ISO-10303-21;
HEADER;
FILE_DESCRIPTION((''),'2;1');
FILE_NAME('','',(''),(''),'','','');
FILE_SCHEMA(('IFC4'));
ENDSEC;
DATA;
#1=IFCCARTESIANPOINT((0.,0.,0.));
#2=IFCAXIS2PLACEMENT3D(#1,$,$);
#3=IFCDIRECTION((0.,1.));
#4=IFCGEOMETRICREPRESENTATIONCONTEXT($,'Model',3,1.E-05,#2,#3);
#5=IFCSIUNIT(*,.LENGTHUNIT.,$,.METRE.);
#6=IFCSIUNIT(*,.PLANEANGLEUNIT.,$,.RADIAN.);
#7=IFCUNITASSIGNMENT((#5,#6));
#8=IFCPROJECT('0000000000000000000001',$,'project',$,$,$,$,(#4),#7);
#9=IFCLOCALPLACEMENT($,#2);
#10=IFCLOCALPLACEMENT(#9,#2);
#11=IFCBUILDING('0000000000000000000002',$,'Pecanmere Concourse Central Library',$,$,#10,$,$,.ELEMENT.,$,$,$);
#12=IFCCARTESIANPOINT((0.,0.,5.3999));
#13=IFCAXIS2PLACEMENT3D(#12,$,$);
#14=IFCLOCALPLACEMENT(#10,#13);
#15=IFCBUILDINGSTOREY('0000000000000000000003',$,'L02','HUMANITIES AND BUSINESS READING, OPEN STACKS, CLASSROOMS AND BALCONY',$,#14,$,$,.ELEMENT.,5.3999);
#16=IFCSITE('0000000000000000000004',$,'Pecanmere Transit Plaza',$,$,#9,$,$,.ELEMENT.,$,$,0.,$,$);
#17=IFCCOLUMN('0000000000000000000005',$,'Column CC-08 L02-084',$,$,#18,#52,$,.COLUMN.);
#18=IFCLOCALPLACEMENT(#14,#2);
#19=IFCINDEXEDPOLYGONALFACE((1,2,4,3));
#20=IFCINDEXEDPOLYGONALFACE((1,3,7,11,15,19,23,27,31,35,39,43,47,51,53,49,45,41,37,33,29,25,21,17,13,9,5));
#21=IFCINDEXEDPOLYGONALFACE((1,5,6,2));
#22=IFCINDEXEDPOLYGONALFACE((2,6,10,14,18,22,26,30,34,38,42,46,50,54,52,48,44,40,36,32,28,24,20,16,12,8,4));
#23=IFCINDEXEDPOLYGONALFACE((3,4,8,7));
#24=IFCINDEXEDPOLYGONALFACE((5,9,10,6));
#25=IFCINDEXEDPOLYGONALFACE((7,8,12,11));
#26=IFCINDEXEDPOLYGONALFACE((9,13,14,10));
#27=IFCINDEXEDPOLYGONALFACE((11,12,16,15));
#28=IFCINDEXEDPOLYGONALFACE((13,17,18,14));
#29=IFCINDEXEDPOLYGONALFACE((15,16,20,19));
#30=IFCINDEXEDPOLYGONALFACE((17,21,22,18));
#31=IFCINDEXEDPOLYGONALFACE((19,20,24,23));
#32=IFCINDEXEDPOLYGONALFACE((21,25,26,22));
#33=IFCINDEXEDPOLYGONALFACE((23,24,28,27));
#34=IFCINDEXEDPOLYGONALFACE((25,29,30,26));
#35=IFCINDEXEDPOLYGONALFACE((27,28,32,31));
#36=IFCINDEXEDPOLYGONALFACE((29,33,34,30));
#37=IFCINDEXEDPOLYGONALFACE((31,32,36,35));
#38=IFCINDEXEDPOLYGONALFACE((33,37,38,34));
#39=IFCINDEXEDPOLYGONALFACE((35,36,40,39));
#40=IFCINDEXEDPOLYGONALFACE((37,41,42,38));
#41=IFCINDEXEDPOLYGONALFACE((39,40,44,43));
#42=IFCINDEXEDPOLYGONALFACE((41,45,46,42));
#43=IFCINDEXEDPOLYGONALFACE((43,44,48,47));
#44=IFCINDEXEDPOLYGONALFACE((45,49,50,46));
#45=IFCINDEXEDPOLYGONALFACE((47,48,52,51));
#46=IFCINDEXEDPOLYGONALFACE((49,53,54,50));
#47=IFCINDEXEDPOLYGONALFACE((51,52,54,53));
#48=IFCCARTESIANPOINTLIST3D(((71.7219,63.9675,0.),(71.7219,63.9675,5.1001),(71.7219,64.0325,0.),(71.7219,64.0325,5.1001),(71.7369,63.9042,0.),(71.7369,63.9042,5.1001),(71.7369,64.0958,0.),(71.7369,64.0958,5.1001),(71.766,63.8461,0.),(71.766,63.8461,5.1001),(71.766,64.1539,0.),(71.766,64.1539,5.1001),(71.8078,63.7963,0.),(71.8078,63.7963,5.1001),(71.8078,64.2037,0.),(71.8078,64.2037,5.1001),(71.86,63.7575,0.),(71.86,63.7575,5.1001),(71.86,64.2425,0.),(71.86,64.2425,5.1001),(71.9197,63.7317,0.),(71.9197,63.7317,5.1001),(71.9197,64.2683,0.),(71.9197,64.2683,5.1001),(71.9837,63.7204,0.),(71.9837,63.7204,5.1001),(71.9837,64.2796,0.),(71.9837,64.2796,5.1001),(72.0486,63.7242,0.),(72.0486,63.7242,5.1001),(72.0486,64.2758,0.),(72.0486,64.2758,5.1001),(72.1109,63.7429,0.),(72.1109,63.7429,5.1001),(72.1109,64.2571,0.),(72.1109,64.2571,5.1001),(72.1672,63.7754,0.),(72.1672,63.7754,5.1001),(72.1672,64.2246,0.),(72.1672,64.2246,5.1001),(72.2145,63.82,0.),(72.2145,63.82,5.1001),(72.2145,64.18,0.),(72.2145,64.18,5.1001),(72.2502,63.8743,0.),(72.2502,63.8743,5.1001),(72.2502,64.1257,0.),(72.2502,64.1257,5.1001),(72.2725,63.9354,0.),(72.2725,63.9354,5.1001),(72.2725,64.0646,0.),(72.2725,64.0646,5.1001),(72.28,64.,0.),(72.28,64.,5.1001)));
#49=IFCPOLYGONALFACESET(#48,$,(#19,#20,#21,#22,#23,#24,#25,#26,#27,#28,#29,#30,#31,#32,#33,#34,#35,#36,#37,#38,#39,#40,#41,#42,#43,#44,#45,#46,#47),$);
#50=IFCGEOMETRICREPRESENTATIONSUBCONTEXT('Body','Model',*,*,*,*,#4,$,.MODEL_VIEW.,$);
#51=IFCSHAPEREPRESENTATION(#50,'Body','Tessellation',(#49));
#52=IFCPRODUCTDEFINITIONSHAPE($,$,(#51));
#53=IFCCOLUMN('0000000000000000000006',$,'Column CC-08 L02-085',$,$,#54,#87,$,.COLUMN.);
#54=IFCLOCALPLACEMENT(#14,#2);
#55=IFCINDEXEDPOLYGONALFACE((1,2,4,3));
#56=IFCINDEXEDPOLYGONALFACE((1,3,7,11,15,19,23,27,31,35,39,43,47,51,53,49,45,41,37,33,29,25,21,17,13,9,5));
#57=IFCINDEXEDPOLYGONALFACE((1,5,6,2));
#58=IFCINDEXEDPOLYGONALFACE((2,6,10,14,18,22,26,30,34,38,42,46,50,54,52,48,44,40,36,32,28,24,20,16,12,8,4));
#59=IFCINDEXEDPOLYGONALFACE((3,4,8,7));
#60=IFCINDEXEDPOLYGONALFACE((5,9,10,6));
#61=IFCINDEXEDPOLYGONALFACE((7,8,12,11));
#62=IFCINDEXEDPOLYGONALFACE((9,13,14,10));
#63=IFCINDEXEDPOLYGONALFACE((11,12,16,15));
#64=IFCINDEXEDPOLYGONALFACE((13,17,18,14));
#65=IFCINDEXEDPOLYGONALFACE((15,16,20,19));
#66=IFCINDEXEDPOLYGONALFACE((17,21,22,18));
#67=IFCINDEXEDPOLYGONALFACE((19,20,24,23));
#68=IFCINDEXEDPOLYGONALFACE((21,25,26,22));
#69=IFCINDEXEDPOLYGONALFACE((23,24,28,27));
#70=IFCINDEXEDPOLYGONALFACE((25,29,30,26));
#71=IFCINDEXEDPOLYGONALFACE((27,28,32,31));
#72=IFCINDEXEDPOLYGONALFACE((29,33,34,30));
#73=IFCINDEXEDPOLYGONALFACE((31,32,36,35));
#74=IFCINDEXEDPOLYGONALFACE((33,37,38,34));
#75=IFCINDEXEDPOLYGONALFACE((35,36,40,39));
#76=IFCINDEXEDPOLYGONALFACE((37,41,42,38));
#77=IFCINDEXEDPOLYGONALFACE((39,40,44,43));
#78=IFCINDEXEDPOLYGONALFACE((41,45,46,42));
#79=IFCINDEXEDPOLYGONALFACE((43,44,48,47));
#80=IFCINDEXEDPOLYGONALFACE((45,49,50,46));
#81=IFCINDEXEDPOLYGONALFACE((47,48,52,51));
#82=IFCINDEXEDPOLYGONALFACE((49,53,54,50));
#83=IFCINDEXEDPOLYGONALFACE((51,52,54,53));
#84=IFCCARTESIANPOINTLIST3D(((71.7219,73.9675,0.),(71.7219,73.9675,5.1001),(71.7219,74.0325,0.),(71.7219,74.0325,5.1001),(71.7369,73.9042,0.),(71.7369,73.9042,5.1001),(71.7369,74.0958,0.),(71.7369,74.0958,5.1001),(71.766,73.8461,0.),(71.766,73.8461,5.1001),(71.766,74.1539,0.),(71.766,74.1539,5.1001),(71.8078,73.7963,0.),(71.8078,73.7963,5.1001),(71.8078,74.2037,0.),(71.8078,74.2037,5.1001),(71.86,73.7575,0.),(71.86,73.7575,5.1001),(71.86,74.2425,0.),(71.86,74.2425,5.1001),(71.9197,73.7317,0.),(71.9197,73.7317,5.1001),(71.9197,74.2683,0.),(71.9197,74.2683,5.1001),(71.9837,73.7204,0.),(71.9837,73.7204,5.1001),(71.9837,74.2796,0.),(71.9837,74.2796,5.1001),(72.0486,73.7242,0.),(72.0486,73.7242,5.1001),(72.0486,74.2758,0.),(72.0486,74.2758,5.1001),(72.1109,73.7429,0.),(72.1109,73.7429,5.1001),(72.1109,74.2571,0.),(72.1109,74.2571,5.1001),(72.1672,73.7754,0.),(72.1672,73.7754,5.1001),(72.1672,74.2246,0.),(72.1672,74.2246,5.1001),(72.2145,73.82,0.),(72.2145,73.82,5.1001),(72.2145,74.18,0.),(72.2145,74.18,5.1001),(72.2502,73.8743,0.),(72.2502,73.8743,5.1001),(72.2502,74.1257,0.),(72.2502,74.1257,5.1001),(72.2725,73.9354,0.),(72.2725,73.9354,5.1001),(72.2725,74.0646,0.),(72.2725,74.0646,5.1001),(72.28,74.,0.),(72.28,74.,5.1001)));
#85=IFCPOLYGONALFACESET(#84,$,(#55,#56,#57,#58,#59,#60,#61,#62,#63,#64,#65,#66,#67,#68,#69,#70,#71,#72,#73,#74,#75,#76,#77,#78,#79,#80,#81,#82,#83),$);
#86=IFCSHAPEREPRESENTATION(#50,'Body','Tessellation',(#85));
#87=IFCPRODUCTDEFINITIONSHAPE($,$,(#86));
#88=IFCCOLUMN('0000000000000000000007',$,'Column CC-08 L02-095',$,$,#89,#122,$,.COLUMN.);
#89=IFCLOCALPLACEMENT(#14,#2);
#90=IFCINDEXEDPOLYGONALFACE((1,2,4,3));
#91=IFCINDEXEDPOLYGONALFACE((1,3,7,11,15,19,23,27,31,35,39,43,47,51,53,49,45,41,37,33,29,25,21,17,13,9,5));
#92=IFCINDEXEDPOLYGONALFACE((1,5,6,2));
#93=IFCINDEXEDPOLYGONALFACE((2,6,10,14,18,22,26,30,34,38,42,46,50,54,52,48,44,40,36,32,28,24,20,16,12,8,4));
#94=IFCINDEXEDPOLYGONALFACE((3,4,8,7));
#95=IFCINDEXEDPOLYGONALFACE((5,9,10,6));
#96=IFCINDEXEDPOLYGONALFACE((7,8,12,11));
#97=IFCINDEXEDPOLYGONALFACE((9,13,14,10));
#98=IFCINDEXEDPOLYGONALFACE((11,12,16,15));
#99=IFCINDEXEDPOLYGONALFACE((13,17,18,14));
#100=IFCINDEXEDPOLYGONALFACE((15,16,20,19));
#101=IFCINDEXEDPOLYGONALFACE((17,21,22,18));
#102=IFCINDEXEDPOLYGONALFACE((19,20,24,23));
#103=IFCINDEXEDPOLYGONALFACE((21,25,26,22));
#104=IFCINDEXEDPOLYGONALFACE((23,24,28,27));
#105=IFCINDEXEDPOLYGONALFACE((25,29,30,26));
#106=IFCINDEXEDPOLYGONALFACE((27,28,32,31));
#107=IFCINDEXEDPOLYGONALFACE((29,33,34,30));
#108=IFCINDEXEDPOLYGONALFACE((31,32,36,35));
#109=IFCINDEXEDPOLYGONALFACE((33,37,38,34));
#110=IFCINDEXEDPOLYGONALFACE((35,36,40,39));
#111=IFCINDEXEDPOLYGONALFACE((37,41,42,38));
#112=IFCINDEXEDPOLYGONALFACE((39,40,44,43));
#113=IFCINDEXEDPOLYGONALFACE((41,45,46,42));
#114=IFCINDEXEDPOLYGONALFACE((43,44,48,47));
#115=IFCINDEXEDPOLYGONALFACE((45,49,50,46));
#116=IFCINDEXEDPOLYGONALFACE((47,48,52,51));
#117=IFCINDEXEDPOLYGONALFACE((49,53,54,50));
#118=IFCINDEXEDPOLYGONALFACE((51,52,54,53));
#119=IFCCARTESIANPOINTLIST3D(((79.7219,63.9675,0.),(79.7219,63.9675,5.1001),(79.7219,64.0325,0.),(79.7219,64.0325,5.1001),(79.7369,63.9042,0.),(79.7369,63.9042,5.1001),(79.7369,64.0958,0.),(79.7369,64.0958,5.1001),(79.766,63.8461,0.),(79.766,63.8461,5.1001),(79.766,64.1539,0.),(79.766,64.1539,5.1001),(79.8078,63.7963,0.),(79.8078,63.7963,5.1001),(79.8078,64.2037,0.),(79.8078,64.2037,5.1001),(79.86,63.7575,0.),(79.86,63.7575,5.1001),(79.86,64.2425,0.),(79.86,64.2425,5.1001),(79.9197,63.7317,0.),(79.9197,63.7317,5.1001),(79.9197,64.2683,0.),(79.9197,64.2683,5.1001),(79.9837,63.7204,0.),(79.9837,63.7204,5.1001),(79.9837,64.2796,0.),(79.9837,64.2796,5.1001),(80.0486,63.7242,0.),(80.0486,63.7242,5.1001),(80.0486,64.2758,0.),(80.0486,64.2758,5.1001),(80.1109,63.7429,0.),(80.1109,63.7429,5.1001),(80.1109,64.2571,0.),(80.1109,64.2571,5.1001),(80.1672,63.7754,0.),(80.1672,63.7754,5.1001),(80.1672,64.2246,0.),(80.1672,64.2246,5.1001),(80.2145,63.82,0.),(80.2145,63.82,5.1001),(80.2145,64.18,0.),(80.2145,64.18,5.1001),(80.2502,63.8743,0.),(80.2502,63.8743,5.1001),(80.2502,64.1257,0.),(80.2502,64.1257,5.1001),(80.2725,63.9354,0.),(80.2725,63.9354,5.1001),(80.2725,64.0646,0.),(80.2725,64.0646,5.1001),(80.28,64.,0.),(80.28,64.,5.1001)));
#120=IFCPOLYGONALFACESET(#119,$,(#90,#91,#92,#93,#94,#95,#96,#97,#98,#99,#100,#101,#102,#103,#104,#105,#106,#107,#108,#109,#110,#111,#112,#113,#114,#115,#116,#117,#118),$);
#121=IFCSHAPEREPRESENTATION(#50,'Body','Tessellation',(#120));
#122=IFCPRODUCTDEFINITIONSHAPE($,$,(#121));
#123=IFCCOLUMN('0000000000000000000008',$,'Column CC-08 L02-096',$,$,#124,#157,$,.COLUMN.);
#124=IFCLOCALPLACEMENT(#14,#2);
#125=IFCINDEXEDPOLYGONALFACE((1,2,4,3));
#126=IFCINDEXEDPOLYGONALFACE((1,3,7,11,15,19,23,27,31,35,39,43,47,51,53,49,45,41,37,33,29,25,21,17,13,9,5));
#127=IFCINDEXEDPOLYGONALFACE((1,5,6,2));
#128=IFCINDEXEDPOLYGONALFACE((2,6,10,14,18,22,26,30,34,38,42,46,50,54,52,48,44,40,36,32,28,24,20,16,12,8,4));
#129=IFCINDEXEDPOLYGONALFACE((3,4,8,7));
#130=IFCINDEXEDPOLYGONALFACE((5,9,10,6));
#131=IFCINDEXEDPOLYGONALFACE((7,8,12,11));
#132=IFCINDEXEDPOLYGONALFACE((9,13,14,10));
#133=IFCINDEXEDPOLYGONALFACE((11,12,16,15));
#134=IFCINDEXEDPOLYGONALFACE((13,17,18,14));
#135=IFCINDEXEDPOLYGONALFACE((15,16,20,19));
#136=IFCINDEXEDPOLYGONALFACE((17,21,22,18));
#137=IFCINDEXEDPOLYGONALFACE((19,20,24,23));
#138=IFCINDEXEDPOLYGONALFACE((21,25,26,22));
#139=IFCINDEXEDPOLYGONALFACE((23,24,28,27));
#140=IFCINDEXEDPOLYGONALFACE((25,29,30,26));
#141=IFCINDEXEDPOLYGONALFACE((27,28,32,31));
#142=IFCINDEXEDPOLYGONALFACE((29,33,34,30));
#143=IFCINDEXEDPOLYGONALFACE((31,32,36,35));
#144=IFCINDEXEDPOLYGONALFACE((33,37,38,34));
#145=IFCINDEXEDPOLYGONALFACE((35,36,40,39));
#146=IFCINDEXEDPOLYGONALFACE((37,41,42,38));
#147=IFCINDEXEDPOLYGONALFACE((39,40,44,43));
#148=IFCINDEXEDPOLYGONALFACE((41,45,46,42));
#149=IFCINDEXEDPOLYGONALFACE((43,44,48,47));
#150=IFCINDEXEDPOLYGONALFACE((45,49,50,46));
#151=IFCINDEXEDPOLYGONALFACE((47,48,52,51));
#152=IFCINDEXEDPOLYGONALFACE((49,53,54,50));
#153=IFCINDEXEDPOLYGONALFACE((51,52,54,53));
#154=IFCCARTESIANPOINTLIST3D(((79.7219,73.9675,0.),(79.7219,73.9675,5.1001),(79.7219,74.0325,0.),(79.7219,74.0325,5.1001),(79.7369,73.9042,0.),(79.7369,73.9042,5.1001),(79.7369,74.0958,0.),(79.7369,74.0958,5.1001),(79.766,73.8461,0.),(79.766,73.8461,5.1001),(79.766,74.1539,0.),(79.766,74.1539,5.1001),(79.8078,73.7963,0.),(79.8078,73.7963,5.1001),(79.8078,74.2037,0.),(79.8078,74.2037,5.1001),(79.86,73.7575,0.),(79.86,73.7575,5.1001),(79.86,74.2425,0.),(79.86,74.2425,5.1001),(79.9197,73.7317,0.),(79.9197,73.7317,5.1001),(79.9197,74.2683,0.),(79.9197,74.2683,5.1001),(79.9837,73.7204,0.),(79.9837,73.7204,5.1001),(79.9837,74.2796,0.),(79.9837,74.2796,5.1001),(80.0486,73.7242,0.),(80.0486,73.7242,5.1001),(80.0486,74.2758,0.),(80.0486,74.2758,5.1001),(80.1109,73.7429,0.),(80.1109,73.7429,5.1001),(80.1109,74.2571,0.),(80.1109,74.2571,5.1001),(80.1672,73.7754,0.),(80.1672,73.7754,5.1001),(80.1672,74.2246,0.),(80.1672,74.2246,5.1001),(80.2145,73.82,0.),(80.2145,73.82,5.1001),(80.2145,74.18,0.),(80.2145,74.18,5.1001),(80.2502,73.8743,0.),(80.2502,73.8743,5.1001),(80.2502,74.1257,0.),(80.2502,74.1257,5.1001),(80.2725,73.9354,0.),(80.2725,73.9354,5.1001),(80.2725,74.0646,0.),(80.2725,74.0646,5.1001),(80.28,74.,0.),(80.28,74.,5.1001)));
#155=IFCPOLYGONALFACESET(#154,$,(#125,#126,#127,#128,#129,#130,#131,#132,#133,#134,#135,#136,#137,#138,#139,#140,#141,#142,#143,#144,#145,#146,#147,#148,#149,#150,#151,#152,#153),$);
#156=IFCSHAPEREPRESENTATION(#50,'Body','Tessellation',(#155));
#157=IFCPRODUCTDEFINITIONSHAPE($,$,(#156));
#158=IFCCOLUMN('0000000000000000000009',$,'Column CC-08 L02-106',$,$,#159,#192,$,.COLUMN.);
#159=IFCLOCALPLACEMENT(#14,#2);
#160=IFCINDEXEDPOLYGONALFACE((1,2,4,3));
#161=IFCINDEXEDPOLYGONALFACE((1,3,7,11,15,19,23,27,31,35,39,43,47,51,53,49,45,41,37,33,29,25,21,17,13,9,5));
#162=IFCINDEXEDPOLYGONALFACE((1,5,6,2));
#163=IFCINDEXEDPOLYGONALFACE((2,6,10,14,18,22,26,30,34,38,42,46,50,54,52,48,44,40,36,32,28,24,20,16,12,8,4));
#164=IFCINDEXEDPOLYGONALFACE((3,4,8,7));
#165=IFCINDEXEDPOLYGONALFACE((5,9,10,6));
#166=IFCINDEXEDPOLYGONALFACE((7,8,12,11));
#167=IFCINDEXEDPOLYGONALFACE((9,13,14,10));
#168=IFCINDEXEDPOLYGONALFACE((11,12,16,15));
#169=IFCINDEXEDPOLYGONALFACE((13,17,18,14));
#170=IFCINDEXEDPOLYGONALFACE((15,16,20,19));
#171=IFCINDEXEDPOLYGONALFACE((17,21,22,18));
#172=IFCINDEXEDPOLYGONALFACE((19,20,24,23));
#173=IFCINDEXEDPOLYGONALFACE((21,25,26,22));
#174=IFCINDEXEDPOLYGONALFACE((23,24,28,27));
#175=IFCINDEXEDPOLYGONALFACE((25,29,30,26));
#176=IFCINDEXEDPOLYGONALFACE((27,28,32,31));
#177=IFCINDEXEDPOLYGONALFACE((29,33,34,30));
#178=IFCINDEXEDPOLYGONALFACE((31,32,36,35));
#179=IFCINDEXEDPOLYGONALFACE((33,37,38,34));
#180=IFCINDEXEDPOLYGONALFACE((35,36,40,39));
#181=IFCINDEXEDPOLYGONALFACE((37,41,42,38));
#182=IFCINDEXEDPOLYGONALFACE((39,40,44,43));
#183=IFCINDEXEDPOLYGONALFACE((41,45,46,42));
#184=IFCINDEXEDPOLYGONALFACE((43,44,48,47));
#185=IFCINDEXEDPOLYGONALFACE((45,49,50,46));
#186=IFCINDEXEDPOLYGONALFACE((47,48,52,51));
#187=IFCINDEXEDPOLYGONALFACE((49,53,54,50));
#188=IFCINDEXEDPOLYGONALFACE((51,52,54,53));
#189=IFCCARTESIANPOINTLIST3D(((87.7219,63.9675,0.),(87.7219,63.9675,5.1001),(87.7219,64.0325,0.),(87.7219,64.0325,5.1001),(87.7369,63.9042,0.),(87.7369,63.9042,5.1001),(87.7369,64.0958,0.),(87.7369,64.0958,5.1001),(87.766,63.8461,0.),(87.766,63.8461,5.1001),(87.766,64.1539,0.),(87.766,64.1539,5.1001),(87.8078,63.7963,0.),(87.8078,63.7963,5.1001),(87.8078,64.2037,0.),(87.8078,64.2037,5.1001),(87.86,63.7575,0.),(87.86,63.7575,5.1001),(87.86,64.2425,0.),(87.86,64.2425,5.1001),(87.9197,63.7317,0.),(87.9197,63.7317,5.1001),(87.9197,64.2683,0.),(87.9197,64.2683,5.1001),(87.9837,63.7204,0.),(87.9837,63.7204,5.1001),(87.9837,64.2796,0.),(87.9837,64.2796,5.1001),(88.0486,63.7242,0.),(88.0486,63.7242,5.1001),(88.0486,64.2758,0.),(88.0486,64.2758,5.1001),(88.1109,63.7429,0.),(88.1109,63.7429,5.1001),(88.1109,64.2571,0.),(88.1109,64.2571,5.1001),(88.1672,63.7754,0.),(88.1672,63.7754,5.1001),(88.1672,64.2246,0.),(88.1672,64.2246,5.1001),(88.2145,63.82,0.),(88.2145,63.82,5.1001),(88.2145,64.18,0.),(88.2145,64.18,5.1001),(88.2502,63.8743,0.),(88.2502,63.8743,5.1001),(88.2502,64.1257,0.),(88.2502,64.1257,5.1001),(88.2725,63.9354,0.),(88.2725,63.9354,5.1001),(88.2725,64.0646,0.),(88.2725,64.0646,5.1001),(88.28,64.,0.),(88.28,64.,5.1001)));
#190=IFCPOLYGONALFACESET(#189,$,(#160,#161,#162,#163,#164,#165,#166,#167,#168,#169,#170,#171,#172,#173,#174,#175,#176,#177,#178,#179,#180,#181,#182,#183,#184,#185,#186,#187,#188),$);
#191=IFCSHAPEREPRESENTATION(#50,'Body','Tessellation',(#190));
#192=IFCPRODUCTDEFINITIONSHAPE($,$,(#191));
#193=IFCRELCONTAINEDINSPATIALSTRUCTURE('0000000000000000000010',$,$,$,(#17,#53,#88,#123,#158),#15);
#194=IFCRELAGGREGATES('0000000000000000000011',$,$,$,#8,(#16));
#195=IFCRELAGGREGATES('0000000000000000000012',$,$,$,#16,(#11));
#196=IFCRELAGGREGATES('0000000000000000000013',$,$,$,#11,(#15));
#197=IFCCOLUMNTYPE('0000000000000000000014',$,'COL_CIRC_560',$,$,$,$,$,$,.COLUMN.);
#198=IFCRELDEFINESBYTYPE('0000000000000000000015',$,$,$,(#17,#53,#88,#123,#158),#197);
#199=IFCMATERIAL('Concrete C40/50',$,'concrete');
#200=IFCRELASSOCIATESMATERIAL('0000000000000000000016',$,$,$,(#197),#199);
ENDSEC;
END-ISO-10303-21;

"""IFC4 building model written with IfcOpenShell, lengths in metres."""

from ifc_helpers import new_model, si_unit, direction, frame, origin, origin_2d, place, context, subcontext, project, spatial, circle, extrude, material, material_profile, profile_set, type_object, element, save


model = new_model("IFC4")

# Units and contexts
model_context = context("Model", 3, precision=1e-05, world=origin(), true_north=direction((0.0, 1.0)))
body_context = subcontext(model_context, "Body", "Model", "MODEL_VIEW")
ifc_project = project(units=[si_unit("LENGTHUNIT", "METRE"), si_unit("PLANEANGLEUNIT", "RADIAN")], contexts=[model_context])

# Site, building, storey
site_placement = place(None, origin())
site = spatial("IfcSite", under=ifc_project, at=site_placement, Name="Pecanmere Transit Plaza", CompositionType="ELEMENT", RefElevation=0.0)
building_placement = place(site_placement, origin())
building = spatial("IfcBuilding", under=site, at=building_placement, Name="Pecanmere Concourse Central Library", CompositionType="ELEMENT")
storey_placement = place(building_placement, frame((0.0, 0.0, 5.3999)))
storey = spatial("IfcBuildingStorey", under=building, at=storey_placement, Name="L02", Description="HUMANITIES AND BUSINESS READING, OPEN STACKS, CLASSROOMS AND BALCONY", CompositionType="ELEMENT", Elevation=5.3999)

# Columns
ifc_material_1 = material(Name="Concrete C40/50", Category="concrete")
ifc_material_profile_1 = material_profile(ifc_material_1, circle(Radius=0.28, at=origin_2d()), Name="RC D560")
ifc_profile_set_1 = profile_set([ifc_material_profile_1], Name="Concrete C40/50")
column_type_1 = type_object("IfcColumnType", Name="COL_CIRC_560", PredefinedType="COLUMN", material=ifc_profile_set_1)
for number, where, z_axis, x_axis, name in (
    (1, (72.0, 64.0, 0.0), (0.0, 0.0, 1.0), (1.0, 0.0, 0.0), "Column CC-08 L02-084"),
    (2, (72.0, 74.0, 0.0), (0.0, 0.0, 1.0), (1.0, 0.0, 0.0), "Column CC-08 L02-085"),
    (3, (80.0, 64.0, 0.0), (0.0, 0.0, 1.0), (1.0, 0.0, 0.0), "Column CC-08 L02-095"),
    (4, (80.0, 74.0, 0.0), (0.0, 0.0, 1.0), (1.0, 0.0, 0.0), "Column CC-08 L02-096"),
    (5, (88.0, 64.0, 0.0), (0.0, 0.0, 1.0), (1.0, 0.0, 0.0), "Column CC-08 L02-106"),
):
    element("IfcColumn", number, at=place(storey_placement, frame(where, z_axis=z_axis, x_axis=x_axis)), inside=storey, type_object=column_type_1, Name=name, PredefinedType="COLUMN", context=body_context, shape_type="SweptSolid", body=[
        extrude(circle(Radius=0.28, at=origin_2d()), origin(), (0.0, 0.0, 1.0), 5.1001),
    ])

save(model, "model.ifc")
